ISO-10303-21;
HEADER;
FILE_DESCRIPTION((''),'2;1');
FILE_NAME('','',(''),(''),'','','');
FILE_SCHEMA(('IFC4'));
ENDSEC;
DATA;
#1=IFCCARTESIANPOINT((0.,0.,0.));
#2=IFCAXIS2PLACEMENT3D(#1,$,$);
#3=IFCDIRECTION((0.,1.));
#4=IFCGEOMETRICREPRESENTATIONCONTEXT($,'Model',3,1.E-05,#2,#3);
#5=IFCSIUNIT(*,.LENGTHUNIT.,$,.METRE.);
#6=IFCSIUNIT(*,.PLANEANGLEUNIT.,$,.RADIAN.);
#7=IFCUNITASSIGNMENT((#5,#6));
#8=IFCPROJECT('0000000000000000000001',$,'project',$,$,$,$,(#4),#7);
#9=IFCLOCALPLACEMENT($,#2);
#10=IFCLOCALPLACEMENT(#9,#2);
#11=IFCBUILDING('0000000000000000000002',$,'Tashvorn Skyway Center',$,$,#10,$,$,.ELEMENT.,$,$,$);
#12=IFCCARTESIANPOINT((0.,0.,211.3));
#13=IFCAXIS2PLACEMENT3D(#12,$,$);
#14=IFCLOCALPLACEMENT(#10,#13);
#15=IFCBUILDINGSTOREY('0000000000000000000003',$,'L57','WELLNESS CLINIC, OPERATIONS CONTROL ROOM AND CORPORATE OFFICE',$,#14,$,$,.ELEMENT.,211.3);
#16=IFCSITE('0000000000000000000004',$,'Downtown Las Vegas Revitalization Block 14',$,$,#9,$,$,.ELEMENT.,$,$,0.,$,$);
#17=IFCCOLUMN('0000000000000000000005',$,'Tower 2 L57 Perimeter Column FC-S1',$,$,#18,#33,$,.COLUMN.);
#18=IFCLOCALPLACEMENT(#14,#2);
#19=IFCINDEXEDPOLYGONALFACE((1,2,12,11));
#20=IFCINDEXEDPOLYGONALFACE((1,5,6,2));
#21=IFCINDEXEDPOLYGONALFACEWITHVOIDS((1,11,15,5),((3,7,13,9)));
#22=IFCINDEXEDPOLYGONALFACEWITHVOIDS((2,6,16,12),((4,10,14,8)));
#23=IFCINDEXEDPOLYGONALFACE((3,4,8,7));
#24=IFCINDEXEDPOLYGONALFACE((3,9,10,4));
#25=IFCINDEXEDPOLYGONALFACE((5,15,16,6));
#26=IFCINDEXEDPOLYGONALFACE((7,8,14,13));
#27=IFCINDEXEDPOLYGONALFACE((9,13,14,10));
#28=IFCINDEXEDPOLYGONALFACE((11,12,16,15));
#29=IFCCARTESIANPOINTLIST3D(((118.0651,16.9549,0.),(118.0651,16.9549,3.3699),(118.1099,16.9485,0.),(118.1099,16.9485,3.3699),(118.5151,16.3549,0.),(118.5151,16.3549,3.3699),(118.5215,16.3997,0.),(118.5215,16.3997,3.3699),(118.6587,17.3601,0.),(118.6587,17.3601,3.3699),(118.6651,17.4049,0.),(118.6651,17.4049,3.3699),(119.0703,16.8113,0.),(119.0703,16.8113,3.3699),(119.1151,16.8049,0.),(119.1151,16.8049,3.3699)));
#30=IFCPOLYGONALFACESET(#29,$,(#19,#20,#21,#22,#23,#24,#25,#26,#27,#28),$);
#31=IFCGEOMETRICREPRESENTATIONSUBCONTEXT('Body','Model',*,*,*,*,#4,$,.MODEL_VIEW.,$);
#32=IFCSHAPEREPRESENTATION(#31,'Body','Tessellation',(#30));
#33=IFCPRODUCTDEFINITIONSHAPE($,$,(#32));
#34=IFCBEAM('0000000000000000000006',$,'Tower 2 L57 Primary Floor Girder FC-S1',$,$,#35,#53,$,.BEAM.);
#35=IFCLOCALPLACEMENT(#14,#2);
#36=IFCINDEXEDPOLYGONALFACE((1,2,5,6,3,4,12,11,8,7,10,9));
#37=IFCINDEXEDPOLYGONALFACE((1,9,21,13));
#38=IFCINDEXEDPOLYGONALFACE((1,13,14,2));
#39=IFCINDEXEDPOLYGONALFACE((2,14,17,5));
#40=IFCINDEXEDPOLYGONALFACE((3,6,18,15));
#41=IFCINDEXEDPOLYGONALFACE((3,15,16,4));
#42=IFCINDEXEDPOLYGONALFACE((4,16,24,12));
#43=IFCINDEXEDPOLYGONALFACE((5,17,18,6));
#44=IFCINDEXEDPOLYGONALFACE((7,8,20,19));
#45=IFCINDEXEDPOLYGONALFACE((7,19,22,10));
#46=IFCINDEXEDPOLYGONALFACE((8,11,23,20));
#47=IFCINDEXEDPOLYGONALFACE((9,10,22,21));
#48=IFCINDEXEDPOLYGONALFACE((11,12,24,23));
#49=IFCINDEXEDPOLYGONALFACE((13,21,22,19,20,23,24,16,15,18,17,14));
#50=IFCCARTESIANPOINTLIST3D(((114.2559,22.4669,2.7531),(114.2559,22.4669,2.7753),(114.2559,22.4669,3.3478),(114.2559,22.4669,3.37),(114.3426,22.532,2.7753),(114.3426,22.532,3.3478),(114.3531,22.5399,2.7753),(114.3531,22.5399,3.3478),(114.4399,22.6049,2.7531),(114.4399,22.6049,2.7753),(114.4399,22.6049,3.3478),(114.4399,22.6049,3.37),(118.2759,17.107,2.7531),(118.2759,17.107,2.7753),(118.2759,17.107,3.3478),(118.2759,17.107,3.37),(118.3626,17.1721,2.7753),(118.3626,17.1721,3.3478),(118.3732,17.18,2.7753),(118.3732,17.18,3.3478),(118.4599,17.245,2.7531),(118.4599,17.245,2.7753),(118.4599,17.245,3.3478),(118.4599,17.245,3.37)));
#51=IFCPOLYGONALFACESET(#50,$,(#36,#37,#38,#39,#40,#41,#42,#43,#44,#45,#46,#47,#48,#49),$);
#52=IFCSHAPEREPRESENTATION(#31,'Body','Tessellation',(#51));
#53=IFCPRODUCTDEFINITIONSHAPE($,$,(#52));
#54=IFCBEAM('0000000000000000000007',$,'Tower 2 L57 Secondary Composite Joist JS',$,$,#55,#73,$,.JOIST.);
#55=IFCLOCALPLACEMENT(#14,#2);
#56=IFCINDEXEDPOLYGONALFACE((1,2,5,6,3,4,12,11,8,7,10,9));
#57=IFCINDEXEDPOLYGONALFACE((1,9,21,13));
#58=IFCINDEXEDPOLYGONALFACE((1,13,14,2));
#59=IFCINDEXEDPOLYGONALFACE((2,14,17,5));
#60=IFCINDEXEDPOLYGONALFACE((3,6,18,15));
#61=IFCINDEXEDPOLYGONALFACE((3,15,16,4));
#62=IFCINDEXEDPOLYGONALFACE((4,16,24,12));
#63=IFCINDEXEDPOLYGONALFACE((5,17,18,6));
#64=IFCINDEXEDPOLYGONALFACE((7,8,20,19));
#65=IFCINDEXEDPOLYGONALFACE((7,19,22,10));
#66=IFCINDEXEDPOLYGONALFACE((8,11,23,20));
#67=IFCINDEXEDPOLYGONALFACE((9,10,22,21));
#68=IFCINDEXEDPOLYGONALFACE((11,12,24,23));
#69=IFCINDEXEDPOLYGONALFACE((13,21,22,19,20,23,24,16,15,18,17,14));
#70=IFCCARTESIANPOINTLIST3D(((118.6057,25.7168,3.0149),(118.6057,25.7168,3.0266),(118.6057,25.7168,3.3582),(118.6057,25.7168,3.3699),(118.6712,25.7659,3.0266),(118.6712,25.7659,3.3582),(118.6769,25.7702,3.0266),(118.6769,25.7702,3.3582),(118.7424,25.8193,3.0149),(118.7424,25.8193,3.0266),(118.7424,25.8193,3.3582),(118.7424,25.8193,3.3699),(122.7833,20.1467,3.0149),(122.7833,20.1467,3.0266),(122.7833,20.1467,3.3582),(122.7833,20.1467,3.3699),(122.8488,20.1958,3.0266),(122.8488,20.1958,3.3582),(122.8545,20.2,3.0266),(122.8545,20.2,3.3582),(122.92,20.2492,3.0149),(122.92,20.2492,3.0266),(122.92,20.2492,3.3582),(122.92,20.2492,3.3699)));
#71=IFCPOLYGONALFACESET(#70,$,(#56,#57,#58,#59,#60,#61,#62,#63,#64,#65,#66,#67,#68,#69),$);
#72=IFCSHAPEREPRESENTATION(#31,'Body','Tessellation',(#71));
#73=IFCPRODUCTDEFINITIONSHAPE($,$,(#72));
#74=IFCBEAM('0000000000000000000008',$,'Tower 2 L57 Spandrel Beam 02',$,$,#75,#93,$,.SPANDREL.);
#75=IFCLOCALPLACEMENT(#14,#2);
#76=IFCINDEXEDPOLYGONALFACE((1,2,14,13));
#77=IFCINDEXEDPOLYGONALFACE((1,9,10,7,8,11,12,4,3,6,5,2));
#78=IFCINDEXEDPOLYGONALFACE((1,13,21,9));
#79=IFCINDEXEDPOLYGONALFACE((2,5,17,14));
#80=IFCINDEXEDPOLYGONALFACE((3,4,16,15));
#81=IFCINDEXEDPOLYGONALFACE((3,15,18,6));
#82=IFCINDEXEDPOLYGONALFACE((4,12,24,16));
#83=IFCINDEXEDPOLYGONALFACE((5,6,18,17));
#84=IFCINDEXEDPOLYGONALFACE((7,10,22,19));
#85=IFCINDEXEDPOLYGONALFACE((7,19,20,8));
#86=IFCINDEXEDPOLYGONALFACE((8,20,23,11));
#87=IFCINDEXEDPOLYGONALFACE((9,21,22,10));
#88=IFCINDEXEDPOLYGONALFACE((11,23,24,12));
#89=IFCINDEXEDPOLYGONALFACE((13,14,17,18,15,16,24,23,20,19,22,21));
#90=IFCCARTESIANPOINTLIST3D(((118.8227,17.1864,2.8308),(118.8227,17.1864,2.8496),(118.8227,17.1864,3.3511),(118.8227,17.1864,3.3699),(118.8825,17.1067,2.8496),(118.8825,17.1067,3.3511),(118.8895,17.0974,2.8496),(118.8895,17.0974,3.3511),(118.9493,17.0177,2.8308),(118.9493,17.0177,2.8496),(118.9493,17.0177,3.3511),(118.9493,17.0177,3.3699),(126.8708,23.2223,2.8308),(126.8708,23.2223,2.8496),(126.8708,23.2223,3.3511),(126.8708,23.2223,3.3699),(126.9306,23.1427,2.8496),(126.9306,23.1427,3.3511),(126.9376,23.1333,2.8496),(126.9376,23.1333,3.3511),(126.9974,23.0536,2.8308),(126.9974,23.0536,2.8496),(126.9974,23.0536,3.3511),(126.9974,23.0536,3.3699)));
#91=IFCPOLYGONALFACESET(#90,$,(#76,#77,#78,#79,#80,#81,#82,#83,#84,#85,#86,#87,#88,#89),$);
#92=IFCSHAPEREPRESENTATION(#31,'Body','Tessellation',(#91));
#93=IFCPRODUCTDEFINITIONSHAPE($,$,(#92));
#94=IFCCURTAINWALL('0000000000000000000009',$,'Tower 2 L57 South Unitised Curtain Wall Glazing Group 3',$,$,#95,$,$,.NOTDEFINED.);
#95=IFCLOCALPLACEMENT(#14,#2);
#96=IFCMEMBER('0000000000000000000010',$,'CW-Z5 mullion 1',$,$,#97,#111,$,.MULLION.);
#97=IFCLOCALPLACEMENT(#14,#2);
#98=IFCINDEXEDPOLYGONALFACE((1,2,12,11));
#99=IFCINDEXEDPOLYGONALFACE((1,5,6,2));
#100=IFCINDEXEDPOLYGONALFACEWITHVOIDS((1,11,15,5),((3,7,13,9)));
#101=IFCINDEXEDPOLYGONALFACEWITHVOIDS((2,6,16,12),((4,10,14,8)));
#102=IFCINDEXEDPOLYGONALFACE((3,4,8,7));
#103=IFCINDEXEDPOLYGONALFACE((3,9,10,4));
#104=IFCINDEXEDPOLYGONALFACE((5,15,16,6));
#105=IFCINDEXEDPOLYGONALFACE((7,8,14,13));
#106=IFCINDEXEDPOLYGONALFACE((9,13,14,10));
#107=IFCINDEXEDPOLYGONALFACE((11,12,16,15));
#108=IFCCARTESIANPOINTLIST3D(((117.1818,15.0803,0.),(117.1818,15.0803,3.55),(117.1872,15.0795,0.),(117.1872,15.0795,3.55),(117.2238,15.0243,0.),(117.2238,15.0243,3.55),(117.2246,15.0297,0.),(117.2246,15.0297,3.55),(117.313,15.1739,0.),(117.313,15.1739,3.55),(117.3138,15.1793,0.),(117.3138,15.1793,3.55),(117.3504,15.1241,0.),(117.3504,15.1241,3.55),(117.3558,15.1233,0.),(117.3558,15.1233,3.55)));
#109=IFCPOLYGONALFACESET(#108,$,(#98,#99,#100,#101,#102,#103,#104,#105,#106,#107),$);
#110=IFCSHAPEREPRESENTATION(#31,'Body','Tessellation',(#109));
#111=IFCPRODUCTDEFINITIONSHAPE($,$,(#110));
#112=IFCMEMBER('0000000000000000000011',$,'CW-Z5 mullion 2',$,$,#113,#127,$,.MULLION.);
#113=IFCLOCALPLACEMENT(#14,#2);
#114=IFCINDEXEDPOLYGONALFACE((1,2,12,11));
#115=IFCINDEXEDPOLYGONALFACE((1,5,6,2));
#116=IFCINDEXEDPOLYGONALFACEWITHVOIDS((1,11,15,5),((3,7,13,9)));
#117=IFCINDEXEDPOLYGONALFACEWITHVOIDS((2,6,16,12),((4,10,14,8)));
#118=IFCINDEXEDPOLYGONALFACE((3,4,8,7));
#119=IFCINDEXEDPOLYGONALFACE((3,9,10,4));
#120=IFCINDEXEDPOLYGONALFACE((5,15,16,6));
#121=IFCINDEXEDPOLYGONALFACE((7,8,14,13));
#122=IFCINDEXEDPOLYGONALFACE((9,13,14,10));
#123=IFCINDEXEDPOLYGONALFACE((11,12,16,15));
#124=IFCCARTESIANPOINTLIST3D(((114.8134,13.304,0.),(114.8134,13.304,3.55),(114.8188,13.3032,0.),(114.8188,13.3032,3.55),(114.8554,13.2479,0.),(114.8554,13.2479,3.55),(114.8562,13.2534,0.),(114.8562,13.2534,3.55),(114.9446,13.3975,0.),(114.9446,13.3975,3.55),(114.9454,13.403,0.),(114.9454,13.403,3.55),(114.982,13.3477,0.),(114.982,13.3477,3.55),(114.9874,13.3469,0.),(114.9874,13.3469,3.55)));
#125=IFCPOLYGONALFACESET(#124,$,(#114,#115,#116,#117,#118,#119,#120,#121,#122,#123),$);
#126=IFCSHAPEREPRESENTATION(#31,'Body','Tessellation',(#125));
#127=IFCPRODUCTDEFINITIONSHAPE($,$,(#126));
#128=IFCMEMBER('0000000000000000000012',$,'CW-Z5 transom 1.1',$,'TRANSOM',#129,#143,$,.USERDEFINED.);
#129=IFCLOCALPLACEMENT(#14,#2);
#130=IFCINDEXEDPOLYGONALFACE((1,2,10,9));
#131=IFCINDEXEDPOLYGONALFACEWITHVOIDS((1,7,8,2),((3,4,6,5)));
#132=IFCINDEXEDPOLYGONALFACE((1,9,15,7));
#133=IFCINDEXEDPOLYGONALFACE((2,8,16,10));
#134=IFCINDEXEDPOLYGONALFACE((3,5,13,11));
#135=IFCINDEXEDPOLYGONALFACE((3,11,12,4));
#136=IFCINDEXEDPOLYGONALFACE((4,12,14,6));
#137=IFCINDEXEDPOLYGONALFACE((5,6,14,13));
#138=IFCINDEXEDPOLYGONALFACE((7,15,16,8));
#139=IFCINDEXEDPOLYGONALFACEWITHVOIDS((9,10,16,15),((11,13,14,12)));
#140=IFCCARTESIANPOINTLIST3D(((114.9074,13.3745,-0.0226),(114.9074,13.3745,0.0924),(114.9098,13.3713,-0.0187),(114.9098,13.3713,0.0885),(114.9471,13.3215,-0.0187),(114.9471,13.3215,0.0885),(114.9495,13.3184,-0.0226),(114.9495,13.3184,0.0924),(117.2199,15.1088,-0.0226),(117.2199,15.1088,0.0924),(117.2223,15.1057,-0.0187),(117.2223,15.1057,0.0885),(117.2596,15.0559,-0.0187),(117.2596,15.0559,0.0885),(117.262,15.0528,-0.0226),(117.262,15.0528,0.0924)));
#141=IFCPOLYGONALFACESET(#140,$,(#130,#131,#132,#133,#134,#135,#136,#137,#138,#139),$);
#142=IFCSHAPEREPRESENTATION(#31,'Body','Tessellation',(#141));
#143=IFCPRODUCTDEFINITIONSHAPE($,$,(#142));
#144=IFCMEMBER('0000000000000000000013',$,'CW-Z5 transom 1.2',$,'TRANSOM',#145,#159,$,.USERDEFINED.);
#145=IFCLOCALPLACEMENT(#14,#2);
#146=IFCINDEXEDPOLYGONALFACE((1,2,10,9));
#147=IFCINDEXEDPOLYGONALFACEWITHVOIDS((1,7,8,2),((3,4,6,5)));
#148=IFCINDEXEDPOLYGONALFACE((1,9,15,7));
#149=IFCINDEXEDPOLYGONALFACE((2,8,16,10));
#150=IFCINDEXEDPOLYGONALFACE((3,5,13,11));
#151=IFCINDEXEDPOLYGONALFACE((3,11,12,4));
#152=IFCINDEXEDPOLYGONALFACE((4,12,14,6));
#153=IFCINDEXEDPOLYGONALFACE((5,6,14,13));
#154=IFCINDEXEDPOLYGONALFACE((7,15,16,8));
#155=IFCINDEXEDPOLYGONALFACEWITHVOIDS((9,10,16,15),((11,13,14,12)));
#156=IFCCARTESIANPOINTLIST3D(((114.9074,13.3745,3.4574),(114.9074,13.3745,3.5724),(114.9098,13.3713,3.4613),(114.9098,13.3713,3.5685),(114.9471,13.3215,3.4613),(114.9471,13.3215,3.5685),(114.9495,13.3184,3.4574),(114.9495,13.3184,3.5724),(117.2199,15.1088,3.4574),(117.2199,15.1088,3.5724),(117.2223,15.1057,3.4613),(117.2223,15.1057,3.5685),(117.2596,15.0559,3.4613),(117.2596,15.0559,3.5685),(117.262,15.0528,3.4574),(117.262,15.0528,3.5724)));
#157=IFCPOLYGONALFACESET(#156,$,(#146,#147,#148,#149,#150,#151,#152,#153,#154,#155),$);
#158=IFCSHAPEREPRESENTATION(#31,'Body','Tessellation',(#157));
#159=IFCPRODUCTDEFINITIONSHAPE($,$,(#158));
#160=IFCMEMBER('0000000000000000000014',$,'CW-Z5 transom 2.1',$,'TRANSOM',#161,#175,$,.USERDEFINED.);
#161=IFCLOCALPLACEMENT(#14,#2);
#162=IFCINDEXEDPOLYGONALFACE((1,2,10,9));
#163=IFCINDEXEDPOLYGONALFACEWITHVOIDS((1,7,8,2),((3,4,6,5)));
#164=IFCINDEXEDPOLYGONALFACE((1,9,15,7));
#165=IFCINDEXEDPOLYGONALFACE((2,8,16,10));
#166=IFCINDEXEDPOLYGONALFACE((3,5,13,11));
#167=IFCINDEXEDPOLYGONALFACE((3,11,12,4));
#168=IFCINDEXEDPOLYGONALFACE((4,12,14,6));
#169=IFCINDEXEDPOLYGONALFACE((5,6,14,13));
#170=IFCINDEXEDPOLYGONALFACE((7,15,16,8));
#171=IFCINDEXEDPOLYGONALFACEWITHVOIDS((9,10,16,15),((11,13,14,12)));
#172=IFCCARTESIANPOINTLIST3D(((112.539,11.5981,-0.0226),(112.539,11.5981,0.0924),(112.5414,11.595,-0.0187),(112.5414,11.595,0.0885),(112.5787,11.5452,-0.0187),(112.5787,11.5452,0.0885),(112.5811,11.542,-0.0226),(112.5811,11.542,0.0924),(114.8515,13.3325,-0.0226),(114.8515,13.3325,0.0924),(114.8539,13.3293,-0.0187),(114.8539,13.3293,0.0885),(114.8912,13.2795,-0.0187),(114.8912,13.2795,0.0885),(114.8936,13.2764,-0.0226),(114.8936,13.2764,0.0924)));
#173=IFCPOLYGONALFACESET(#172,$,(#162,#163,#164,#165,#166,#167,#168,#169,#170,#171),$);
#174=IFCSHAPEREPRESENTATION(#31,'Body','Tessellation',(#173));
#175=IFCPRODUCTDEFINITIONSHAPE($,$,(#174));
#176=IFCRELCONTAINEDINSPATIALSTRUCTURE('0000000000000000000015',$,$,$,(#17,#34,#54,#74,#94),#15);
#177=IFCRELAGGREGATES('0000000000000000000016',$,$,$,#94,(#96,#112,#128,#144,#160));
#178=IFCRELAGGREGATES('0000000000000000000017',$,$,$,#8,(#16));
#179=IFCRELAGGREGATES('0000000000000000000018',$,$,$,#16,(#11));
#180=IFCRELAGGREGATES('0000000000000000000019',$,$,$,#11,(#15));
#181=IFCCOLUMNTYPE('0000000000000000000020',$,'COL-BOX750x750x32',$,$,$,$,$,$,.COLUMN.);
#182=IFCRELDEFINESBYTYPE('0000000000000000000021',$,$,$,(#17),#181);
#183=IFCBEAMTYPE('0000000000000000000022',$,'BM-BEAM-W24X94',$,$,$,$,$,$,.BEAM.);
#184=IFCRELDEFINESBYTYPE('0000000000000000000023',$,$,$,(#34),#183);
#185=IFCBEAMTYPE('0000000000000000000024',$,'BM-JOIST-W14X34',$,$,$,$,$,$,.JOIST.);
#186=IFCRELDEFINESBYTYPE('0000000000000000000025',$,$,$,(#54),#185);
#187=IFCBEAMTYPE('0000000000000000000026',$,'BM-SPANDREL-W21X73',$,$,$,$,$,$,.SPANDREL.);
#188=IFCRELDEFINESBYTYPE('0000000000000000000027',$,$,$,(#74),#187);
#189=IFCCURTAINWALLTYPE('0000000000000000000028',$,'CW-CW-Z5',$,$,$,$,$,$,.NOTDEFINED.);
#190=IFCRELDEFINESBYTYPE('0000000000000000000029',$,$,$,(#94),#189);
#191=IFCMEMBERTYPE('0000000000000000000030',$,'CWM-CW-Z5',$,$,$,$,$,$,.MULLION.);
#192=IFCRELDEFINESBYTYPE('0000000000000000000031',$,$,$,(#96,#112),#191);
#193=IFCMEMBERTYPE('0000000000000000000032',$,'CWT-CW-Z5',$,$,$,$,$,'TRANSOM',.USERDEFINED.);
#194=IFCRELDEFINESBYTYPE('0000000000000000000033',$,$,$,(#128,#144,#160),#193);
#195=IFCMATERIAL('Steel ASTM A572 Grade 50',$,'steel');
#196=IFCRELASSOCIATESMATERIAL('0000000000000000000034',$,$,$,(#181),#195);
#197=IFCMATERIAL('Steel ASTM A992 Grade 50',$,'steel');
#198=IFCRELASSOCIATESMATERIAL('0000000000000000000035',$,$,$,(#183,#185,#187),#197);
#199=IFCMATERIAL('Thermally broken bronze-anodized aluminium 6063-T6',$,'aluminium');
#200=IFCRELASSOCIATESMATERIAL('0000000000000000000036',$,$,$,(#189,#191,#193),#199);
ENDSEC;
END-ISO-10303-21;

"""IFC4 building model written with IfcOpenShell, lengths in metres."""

from ifc_helpers import new_model, si_unit, direction, frame, origin, origin_2d, place, context, subcontext, project, spatial, hollow_rectangle, i_section, extrude, material, material_profile, profile_set, type_object, element, aggregate, save


model = new_model("IFC4")

# Units and contexts
model_context = context("Model", 3, precision=1e-05, world=origin(), true_north=direction((0.0, 1.0)))
body_context = subcontext(model_context, "Body", "Model", "MODEL_VIEW")
ifc_project = project(units=[si_unit("LENGTHUNIT", "METRE"), si_unit("PLANEANGLEUNIT", "RADIAN")], contexts=[model_context])

# Site, building, storey
site_placement = place(None, origin())
site = spatial("IfcSite", under=ifc_project, at=site_placement, Name="Downtown Las Vegas Revitalization Block 14", CompositionType="ELEMENT", RefElevation=0.0)
building_placement = place(site_placement, origin())
building = spatial("IfcBuilding", under=site, at=building_placement, Name="Tashvorn Skyway Center", CompositionType="ELEMENT")
storey_placement = place(building_placement, frame((0.0, 0.0, 211.3)))
storey = spatial("IfcBuildingStorey", under=building, at=storey_placement, Name="L57", Description="WELLNESS CLINIC, OPERATIONS CONTROL ROOM AND CORPORATE OFFICE", CompositionType="ELEMENT", Elevation=211.3)

# Column
ifc_material_1 = material(Name="Steel ASTM A572 Grade 50", Category="steel")
ifc_material_profile_1 = material_profile(ifc_material_1, hollow_rectangle(XDim=0.75, YDim=0.75, WallThickness=0.032, at=origin_2d()), Name="BOX750x750x32")
ifc_profile_set_1 = profile_set([ifc_material_profile_1], Name="Steel ASTM A572 Grade 50")
column_type = type_object("IfcColumnType", Name="COL-BOX750x750x32", PredefinedType="COLUMN", material=ifc_profile_set_1)
column_placement = place(storey_placement, frame((118.5901, 16.8799, 0.0), z_axis=(0.0, 0.0, 1.0), x_axis=(0.8, 0.6, 0.0)))
element("IfcColumn", 1, at=column_placement, inside=storey, type_object=column_type, Name="Tower 2 L57 Perimeter Column FC-S1", PredefinedType="COLUMN", context=body_context, shape_type="SweptSolid", body=[
    extrude(hollow_rectangle(XDim=0.75, YDim=0.75, WallThickness=0.032, at=origin_2d()), origin(), (0.0, 0.0, 1.0), 3.3699),
])

# Beams
ifc_material_2 = material(Name="Steel ASTM A992 Grade 50", Category="steel")
ifc_material_profile_2 = material_profile(ifc_material_2, i_section(OverallWidth=0.23, OverallDepth=0.6169, WebThickness=0.0132, FlangeThickness=0.0222, at=origin_2d()), Name="W24X94")
ifc_profile_set_2 = profile_set([ifc_material_profile_2], Name="Steel ASTM A992 Grade 50")
beam_type_1 = type_object("IfcBeamType", Name="BM-BEAM-W24X94", PredefinedType="BEAM", material=ifc_profile_set_2)
beam_1_placement = place(storey_placement, frame((118.3679, 17.176, 3.0615), z_axis=(-0.600012, 0.799991, 0.0), x_axis=(-0.799991, -0.600012, 0.0)))
element("IfcBeam", 2, at=beam_1_placement, inside=storey, type_object=beam_type_1, Name="Tower 2 L57 Primary Floor Girder FC-S1", PredefinedType="BEAM", context=body_context, shape_type="SweptSolid", body=[
    extrude(i_section(OverallWidth=0.23, OverallDepth=0.6169, WebThickness=0.0132, FlangeThickness=0.0222, at=origin_2d()), origin(), (0.0, 0.0, 1.0), 6.7),
])
ifc_material_profile_3 = material_profile(ifc_material_2, i_section(OverallWidth=0.1709, OverallDepth=0.355, WebThickness=0.0071, FlangeThickness=0.0117, at=origin_2d()), Name="W14X34")
ifc_profile_set_3 = profile_set([ifc_material_profile_3], Name="Steel ASTM A992 Grade 50")
beam_type_2 = type_object("IfcBeamType", Name="BM-JOIST-W14X34", PredefinedType="JOIST", material=ifc_profile_set_3)
beam_2_placement = place(storey_placement, frame((118.6741, 25.7681, 3.1924), z_axis=(0.599994, -0.800004, 0.0), x_axis=(0.800004, 0.599994, 0.0)))
element("IfcBeam", 3, at=beam_2_placement, inside=storey, type_object=beam_type_2, Name="Tower 2 L57 Secondary Composite Joist JS", PredefinedType="JOIST", context=body_context, shape_type="SweptSolid", body=[
    extrude(i_section(OverallWidth=0.1709, OverallDepth=0.355, WebThickness=0.0071, FlangeThickness=0.0117, at=origin_2d()), origin(), (0.0, 0.0, 1.0), 6.9626),
])
ifc_material_profile_4 = material_profile(ifc_material_2, i_section(OverallWidth=0.2109, OverallDepth=0.5391, WebThickness=0.0117, FlangeThickness=0.0188, at=origin_2d()), Name="W21X73")
ifc_profile_set_4 = profile_set([ifc_material_profile_4], Name="Steel ASTM A992 Grade 50")
beam_type_3 = type_object("IfcBeamType", Name="BM-SPANDREL-W21X73", PredefinedType="SPANDREL", material=ifc_profile_set_4)
beam_3_placement = place(storey_placement, frame((118.886, 17.1021, 3.1003), z_axis=(0.800009, 0.599988, 0.0), x_axis=(-0.599988, 0.800009, 0.0)))
element("IfcBeam", 4, at=beam_3_placement, inside=storey, type_object=beam_type_3, Name="Tower 2 L57 Spandrel Beam 02", PredefinedType="SPANDREL", context=body_context, shape_type="SweptSolid", body=[
    extrude(i_section(OverallWidth=0.2109, OverallDepth=0.5391, WebThickness=0.0117, FlangeThickness=0.0188, at=origin_2d()), origin(), (0.0, 0.0, 1.0), 10.0601),
])

# Curtain wall, members
ifc_material_3 = material(Name="Thermally broken bronze-anodized aluminium 6063-T6", Category="aluminium")
curtain_wall_type = type_object("IfcCurtainWallType", Name="CW-CW-Z5", PredefinedType="NOTDEFINED", material=ifc_material_3)
curtain_wall_placement = place(storey_placement, origin())
curtain_wall = element("IfcCurtainWall", 5, at=curtain_wall_placement, inside=storey, type_object=curtain_wall_type, Name="Tower 2 L57 South Unitised Curtain Wall Glazing Group 3", PredefinedType="NOTDEFINED")
ifc_material_profile_5 = material_profile(ifc_material_3, hollow_rectangle(XDim=0.0701, YDim=0.165, WallThickness=0.0039, at=origin_2d()), Name="ALU-MULL-70x165")
ifc_profile_set_5 = profile_set([ifc_material_profile_5], Name="Thermally broken bronze-anodized aluminium 6063-T6")
member_type_1 = type_object("IfcMemberType", Name="CWM-CW-Z5", PredefinedType="MULLION", material=ifc_profile_set_5)
member_1_placement = place(storey_placement, frame((117.2688, 15.1018, 0.0), z_axis=(0.0, 0.0, 1.0), x_axis=(0.600003, -0.799998, 0.0)))
member_1 = element("IfcMember", 6, at=member_1_placement, type_object=member_type_1, Name="CW-Z5 mullion 1", PredefinedType="MULLION", context=body_context, shape_type="SweptSolid", body=[
    extrude(hollow_rectangle(XDim=0.0701, YDim=0.165, WallThickness=0.0039, at=origin_2d()), origin(), (0.0, 0.0, 1.0), 3.55),
])
member_2_placement = place(storey_placement, frame((114.9004, 13.3254, 0.0), z_axis=(0.0, 0.0, 1.0), x_axis=(0.600003, -0.799998, 0.0)))
member_2 = element("IfcMember", 7, at=member_2_placement, type_object=member_type_1, Name="CW-Z5 mullion 2", PredefinedType="MULLION", context=body_context, shape_type="SweptSolid", body=[
    extrude(hollow_rectangle(XDim=0.0701, YDim=0.165, WallThickness=0.0039, at=origin_2d()), origin(), (0.0, 0.0, 1.0), 3.55),
])
ifc_material_profile_6 = material_profile(ifc_material_3, hollow_rectangle(XDim=0.0701, YDim=0.115, WallThickness=0.0039, at=origin_2d()), Name="ALU-TRAN-70x115")
ifc_profile_set_6 = profile_set([ifc_material_profile_6], Name="Thermally broken bronze-anodized aluminium 6063-T6")
member_type_2 = type_object("IfcMemberType", Name="CWT-CW-Z5", ElementType="TRANSOM", PredefinedType="USERDEFINED", material=ifc_profile_set_6)
member_3_placement = place(storey_placement, frame((117.241, 15.0808, 0.0349), z_axis=(-0.8, -0.6, 0.0), x_axis=(0.6, -0.8, 0.0)))
member_3 = element("IfcMember", 8, at=member_3_placement, type_object=member_type_2, Name="CW-Z5 transom 1.1", ObjectType="TRANSOM", PredefinedType="USERDEFINED", context=body_context, shape_type="SweptSolid", body=[
    extrude(hollow_rectangle(XDim=0.0701, YDim=0.115, WallThickness=0.0039, at=origin_2d()), origin(), (0.0, 0.0, 1.0), 2.8906),
])
member_4_placement = place(storey_placement, frame((117.241, 15.0808, 3.5149), z_axis=(-0.8, -0.6, 0.0), x_axis=(0.6, -0.8, 0.0)))
member_4 = element("IfcMember", 9, at=member_4_placement, type_object=member_type_2, Name="CW-Z5 transom 1.2", ObjectType="TRANSOM", PredefinedType="USERDEFINED", context=body_context, shape_type="SweptSolid", body=[
    extrude(hollow_rectangle(XDim=0.0701, YDim=0.115, WallThickness=0.0039, at=origin_2d()), origin(), (0.0, 0.0, 1.0), 2.8906),
])
member_5_placement = place(storey_placement, frame((114.8726, 13.3044, 0.0349), z_axis=(-0.8, -0.6, 0.0), x_axis=(0.6, -0.8, 0.0)))
member_5 = element("IfcMember", 10, at=member_5_placement, type_object=member_type_2, Name="CW-Z5 transom 2.1", ObjectType="TRANSOM", PredefinedType="USERDEFINED", context=body_context, shape_type="SweptSolid", body=[
    extrude(hollow_rectangle(XDim=0.0701, YDim=0.115, WallThickness=0.0039, at=origin_2d()), origin(), (0.0, 0.0, 1.0), 2.8906),
])
aggregate(curtain_wall, [member_1, member_2, member_3, member_4, member_5])

save(model, "model.ifc")
